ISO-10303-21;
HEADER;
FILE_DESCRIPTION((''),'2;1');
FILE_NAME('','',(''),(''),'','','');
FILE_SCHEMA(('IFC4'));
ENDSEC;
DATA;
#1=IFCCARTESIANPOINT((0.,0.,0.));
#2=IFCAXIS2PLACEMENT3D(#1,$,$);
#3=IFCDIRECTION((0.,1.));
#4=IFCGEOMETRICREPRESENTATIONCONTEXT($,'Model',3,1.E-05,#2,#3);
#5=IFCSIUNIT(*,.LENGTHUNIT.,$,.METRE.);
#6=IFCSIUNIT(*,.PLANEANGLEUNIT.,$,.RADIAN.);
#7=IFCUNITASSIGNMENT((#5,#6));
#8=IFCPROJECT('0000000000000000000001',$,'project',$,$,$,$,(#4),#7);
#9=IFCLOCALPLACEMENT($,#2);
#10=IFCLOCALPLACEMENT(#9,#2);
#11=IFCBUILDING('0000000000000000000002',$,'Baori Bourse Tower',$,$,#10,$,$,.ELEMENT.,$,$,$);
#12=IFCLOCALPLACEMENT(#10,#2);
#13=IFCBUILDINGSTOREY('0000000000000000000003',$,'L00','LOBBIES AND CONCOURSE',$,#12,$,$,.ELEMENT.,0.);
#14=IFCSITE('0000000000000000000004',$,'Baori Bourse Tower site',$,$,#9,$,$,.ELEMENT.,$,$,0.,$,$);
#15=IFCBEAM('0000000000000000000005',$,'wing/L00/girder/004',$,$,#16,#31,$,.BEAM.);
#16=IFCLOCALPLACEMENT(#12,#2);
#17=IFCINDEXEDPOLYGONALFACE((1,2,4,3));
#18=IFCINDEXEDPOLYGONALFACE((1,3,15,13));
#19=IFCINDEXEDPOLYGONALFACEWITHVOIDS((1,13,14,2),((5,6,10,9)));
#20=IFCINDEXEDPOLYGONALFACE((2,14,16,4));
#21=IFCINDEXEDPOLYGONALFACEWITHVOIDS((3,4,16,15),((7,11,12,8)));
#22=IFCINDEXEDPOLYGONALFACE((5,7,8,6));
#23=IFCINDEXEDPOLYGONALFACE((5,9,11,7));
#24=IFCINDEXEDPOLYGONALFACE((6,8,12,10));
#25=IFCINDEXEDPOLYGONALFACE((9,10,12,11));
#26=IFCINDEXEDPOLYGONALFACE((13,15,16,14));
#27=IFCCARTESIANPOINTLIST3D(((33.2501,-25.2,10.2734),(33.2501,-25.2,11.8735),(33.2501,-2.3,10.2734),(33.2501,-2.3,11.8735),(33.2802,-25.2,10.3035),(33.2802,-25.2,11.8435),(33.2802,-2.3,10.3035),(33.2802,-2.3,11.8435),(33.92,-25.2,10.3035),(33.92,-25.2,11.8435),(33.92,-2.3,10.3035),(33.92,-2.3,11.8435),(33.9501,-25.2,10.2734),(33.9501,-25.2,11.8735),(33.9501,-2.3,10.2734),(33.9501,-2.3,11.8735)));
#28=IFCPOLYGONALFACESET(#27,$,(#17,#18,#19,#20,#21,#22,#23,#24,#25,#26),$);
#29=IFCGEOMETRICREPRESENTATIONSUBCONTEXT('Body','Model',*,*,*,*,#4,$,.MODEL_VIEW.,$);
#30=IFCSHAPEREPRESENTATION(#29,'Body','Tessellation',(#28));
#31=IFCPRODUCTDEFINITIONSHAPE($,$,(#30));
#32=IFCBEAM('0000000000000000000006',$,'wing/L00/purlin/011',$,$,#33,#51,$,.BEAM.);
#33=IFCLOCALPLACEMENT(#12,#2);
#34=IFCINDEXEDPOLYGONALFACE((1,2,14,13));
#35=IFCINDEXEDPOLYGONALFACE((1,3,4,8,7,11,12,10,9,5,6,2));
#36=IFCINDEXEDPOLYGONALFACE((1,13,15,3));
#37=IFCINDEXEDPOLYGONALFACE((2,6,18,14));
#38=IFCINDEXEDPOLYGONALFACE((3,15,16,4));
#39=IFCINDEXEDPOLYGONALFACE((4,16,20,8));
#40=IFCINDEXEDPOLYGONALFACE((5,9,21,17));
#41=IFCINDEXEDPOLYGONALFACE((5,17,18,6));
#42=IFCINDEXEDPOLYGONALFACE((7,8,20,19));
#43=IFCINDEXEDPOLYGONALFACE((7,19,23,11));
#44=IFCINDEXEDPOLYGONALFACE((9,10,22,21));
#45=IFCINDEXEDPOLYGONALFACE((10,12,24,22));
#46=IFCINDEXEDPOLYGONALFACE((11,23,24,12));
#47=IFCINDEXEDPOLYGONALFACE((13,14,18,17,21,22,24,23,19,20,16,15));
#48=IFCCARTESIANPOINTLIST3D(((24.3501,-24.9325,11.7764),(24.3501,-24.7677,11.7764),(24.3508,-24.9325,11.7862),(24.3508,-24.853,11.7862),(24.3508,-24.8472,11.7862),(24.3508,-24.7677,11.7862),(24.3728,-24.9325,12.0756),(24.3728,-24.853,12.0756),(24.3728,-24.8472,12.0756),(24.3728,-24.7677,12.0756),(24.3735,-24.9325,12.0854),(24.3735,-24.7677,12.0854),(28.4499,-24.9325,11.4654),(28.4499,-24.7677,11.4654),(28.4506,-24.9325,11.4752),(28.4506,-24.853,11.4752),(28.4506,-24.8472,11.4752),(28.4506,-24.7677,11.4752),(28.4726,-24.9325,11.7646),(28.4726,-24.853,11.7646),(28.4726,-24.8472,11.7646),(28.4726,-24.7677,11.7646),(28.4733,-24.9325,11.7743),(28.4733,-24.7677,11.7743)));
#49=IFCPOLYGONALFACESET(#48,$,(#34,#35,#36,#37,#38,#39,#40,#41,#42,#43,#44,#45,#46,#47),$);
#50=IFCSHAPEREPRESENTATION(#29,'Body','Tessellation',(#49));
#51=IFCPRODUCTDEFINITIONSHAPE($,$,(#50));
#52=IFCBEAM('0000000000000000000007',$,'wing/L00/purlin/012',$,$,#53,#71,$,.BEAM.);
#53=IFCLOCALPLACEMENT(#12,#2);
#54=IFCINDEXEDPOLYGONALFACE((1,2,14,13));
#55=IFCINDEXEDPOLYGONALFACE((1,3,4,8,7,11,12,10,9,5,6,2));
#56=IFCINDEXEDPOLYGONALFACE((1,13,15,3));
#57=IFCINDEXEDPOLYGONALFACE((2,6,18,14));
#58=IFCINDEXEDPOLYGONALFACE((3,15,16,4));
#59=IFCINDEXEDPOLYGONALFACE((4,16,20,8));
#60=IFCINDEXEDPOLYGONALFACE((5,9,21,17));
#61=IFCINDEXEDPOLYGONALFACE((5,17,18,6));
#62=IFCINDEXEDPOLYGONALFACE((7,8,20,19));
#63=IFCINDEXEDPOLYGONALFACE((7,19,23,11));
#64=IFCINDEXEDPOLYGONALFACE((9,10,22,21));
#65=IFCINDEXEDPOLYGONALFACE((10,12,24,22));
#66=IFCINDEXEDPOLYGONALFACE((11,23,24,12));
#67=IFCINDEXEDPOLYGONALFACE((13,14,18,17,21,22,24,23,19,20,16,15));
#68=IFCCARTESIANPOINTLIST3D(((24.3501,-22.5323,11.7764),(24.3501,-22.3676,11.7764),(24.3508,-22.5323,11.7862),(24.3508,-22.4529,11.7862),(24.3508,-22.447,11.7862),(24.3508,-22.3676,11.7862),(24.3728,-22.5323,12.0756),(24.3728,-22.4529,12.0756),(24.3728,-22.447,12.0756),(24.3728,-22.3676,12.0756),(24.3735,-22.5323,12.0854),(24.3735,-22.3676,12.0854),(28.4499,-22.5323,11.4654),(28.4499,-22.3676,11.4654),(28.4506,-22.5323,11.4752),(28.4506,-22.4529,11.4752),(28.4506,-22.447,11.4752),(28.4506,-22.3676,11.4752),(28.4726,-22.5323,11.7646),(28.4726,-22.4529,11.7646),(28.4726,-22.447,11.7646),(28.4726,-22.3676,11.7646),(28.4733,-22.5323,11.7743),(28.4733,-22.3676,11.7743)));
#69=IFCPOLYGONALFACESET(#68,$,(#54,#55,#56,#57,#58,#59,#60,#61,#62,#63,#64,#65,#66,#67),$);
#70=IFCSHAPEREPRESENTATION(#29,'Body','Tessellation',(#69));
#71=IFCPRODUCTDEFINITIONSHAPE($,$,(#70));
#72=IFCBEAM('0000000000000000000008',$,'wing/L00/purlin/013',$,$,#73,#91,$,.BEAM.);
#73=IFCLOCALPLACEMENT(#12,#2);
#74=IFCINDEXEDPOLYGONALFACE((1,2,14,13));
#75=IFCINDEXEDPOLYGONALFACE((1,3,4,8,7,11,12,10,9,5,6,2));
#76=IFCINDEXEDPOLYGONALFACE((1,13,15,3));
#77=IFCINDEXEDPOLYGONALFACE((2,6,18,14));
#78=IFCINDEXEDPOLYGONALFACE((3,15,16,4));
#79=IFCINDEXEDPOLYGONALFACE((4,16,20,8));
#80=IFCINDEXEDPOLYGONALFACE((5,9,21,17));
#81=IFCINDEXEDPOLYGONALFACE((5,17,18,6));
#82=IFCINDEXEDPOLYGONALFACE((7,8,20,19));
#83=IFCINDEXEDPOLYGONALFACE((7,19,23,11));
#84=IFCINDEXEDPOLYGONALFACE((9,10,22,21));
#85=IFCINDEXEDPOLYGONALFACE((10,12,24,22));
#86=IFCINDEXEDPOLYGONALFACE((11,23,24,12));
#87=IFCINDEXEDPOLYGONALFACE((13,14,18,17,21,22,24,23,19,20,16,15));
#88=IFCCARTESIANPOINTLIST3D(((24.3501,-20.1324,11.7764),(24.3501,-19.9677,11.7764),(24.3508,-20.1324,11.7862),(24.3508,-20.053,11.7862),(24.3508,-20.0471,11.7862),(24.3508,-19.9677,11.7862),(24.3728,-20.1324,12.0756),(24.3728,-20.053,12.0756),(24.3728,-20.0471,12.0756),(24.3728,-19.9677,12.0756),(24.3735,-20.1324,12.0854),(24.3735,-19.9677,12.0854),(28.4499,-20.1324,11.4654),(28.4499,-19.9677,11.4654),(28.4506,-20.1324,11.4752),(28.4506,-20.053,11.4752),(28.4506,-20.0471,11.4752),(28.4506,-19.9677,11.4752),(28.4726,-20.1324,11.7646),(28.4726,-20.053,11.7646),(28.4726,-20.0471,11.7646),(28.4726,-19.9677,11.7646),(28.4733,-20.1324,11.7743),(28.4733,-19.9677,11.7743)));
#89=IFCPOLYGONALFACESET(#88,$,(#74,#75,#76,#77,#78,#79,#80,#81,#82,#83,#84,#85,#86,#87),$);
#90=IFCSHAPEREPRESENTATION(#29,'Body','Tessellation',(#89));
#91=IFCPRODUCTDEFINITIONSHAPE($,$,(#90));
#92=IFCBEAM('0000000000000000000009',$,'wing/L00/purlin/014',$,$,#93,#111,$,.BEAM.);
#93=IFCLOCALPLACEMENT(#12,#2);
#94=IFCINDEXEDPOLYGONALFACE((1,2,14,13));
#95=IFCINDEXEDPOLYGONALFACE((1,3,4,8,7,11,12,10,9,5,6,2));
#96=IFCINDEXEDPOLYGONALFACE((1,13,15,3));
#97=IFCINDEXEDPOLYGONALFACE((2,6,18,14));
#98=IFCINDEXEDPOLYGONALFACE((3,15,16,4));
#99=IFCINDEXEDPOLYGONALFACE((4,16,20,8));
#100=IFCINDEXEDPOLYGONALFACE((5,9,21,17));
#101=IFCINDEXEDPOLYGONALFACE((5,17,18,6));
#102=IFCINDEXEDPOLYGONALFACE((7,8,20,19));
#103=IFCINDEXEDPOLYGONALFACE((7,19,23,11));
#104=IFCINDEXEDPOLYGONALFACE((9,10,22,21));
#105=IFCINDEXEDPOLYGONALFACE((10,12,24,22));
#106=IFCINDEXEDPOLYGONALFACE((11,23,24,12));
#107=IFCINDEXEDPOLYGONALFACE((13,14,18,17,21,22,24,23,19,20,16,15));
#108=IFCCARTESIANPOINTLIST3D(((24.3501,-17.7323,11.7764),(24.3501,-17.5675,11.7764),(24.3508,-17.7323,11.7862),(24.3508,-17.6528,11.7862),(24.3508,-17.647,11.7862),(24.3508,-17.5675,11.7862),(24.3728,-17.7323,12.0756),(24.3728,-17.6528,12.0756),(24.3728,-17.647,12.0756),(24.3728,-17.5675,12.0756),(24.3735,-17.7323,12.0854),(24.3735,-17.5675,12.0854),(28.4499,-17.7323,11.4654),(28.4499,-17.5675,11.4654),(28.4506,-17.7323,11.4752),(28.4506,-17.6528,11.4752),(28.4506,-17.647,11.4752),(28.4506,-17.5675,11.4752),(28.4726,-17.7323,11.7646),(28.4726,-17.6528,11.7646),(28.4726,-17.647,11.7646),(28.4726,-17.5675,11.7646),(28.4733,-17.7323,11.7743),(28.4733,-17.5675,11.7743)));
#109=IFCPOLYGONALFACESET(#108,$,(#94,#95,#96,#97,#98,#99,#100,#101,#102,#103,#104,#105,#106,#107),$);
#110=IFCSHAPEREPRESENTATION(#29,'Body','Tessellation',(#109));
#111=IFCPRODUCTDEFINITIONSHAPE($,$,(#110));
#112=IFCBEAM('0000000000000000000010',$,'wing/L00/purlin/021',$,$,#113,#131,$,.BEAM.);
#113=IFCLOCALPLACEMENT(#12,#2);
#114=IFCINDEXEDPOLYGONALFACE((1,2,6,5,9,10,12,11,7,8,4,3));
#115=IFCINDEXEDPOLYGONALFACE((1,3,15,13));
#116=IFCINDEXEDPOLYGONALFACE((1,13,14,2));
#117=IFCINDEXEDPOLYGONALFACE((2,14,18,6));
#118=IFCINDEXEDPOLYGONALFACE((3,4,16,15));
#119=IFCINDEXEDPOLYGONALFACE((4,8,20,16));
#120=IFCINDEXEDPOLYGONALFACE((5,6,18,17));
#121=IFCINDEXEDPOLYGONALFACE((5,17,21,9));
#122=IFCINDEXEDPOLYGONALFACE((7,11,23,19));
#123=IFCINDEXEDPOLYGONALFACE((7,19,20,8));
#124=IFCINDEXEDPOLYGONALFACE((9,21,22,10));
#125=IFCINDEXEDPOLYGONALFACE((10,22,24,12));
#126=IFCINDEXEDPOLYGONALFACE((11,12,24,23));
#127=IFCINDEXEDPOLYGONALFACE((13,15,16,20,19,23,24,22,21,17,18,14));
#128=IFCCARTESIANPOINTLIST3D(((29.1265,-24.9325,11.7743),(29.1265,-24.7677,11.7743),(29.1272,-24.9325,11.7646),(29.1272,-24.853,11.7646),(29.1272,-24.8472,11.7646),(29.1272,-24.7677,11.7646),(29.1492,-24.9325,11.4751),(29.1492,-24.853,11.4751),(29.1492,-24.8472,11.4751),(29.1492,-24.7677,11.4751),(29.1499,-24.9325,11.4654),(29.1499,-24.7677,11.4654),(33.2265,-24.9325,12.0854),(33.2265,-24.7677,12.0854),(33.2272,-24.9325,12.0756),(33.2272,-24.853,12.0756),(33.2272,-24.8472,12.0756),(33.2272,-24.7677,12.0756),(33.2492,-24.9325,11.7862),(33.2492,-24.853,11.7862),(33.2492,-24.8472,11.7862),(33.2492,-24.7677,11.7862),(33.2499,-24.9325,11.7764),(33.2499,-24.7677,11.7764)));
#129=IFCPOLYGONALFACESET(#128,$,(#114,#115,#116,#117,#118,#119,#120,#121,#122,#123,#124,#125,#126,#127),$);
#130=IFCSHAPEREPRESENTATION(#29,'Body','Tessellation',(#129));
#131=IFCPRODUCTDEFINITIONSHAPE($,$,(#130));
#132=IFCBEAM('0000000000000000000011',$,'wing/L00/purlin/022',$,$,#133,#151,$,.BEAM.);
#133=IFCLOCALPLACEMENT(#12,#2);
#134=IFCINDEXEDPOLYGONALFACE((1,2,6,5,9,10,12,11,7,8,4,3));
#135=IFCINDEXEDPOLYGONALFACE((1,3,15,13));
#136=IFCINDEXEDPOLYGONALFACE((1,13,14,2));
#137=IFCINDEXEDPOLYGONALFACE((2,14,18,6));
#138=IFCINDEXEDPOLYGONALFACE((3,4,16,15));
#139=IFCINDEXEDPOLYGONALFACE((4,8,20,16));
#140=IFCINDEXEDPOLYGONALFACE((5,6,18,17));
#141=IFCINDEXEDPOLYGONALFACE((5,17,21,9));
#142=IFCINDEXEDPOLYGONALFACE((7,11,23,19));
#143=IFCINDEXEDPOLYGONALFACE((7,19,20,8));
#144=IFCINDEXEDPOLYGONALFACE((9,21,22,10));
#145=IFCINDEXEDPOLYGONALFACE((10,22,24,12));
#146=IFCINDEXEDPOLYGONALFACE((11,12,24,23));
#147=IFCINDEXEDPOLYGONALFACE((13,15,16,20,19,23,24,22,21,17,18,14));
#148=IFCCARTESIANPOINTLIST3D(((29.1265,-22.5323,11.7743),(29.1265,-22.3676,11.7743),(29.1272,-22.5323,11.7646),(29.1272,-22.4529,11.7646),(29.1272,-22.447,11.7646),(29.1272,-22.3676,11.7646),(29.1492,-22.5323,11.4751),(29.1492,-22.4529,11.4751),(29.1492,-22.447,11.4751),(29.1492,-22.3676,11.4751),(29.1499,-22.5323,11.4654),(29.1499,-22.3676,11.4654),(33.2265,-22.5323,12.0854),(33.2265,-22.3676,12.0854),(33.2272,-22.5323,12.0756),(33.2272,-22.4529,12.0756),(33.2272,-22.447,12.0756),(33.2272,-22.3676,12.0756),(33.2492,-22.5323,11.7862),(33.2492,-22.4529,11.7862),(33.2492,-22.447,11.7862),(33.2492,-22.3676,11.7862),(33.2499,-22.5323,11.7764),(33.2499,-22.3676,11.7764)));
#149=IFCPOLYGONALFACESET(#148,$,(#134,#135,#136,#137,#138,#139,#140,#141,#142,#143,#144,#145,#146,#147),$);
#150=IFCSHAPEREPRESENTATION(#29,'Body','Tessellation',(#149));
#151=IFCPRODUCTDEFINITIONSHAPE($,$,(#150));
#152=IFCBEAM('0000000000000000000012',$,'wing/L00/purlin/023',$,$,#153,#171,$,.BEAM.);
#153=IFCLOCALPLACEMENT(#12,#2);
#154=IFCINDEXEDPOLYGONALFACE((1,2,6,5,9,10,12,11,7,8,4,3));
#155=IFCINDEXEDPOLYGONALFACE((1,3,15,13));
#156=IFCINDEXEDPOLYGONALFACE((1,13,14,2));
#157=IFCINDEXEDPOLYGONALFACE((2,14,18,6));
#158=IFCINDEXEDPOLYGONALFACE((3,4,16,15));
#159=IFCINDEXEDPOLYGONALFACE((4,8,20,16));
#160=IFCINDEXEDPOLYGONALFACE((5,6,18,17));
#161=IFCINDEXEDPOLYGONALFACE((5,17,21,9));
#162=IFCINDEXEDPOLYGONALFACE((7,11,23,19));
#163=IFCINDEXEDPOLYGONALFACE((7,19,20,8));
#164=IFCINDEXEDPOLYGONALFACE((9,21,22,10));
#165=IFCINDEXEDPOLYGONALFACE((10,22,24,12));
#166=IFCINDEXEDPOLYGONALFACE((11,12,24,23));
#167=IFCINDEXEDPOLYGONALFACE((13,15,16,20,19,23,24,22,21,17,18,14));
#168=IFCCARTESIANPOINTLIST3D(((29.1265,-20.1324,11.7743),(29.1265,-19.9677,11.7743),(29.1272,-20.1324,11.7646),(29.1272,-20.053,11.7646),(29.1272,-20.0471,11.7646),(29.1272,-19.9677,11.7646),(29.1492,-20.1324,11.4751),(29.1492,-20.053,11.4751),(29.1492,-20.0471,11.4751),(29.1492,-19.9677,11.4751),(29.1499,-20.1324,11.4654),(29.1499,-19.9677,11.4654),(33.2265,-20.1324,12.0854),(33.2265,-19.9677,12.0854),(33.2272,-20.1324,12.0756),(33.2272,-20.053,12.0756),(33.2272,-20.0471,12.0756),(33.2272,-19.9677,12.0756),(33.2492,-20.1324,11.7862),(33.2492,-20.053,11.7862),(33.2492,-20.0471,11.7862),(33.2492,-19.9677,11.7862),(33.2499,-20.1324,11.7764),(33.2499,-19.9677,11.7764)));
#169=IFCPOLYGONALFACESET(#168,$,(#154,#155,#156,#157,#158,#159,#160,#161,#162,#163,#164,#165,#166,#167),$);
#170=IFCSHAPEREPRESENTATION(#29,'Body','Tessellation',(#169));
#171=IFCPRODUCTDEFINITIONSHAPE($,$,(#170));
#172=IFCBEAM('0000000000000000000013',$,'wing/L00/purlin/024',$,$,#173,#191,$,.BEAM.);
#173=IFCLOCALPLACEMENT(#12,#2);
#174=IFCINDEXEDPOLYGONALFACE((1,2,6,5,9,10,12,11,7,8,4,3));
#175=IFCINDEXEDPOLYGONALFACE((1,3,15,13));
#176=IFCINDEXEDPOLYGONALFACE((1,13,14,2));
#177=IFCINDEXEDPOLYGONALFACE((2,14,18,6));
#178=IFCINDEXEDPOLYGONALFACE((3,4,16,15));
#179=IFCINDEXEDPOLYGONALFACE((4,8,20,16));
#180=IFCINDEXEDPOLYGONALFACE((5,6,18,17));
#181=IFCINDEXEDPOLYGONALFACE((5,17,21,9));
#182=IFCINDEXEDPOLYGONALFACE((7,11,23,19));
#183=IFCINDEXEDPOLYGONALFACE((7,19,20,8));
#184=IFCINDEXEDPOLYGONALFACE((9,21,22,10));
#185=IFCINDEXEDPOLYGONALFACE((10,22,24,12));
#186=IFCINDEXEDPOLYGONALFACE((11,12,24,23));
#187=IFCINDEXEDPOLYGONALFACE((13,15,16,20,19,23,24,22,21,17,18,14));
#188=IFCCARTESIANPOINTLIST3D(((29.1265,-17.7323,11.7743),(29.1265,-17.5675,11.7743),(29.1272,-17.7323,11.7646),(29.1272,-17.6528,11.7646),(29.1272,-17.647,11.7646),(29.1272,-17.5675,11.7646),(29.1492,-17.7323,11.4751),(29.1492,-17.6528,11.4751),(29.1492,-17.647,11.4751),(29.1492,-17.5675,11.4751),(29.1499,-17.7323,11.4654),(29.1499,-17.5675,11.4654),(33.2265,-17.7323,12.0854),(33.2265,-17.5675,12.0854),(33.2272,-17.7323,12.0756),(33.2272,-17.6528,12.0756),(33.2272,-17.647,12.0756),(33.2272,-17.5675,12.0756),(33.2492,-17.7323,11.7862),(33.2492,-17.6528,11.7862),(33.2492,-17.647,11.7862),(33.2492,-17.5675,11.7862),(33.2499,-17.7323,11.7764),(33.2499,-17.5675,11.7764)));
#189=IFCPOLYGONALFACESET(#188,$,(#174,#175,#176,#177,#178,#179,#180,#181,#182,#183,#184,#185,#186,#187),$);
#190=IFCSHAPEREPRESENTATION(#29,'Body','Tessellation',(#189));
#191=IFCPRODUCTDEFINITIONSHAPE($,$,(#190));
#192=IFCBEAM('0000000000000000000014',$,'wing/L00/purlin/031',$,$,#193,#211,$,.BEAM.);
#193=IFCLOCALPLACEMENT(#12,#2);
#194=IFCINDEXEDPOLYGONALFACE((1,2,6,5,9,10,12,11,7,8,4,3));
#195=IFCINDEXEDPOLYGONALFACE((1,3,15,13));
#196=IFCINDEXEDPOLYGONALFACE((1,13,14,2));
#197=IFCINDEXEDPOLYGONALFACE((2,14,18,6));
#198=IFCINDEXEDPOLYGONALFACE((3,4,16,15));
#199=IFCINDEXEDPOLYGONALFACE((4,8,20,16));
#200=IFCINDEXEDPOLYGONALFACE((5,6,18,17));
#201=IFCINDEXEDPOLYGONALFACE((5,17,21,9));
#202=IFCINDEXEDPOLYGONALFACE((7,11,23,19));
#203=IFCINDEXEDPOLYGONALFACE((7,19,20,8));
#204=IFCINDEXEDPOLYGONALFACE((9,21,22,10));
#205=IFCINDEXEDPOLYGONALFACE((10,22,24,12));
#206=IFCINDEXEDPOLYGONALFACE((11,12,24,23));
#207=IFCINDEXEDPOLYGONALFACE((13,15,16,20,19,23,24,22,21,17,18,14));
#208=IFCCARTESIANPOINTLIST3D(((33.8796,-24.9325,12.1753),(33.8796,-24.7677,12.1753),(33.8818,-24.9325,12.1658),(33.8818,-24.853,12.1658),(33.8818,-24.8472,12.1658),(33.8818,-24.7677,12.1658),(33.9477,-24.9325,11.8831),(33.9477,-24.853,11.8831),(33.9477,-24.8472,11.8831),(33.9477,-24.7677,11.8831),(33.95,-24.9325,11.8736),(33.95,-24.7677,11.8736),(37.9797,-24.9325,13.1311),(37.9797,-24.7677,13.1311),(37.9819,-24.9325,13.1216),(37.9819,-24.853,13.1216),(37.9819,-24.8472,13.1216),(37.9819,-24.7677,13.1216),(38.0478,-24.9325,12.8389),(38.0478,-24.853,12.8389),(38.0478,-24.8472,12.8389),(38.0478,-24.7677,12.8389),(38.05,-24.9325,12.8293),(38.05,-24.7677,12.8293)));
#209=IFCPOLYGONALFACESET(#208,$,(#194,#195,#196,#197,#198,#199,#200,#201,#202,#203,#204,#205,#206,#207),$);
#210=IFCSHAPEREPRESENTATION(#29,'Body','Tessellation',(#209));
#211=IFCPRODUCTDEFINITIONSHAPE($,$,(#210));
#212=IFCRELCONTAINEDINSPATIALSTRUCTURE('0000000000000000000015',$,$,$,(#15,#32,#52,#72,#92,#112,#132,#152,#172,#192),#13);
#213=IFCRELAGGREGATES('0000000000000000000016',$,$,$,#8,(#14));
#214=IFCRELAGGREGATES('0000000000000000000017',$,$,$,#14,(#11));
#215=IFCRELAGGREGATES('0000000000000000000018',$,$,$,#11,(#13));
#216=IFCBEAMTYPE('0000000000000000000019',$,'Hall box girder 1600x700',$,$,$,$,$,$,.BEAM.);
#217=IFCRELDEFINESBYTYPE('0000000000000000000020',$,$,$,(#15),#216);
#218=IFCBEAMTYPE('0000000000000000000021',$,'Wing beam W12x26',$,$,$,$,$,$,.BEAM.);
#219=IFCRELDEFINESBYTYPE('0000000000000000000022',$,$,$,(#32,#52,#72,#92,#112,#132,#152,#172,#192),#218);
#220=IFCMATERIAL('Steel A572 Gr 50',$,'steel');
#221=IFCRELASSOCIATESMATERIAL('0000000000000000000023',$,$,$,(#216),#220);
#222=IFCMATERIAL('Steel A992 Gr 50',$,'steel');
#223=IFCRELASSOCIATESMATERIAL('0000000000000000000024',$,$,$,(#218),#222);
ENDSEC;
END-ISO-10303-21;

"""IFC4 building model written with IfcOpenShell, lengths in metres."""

from ifc_helpers import new_model, si_unit, direction, frame, origin, origin_2d, place, context, subcontext, project, spatial, hollow_rectangle, i_section, extrude, material, material_profile, profile_set, type_object, element, save


model = new_model("IFC4")

# Units and contexts
model_context = context("Model", 3, precision=1e-05, world=origin(), true_north=direction((0.0, 1.0)))
body_context = subcontext(model_context, "Body", "Model", "MODEL_VIEW")
ifc_project = project(units=[si_unit("LENGTHUNIT", "METRE"), si_unit("PLANEANGLEUNIT", "RADIAN")], contexts=[model_context])

# Site, building, storey
site_placement = place(None, origin())
site = spatial("IfcSite", under=ifc_project, at=site_placement, Name="Baori Bourse Tower site", CompositionType="ELEMENT", RefElevation=0.0)
building_placement = place(site_placement, origin())
building = spatial("IfcBuilding", under=site, at=building_placement, Name="Baori Bourse Tower", CompositionType="ELEMENT")
storey_placement = place(building_placement, origin())
storey = spatial("IfcBuildingStorey", under=building, at=storey_placement, Name="L00", Description="LOBBIES AND CONCOURSE", CompositionType="ELEMENT", Elevation=0.0)

# Beams
ifc_material_1 = material(Name="Steel A572 Gr 50", Category="steel")
ifc_material_profile_1 = material_profile(ifc_material_1, hollow_rectangle(XDim=0.7, YDim=1.6001, WallThickness=0.03, at=origin_2d()), Name="BOX 1600x700x30")
ifc_profile_set_1 = profile_set([ifc_material_profile_1], Name="Steel A572 Gr 50")
beam_type_1 = type_object("IfcBeamType", Name="Hall box girder 1600x700", PredefinedType="BEAM", material=ifc_profile_set_1)
beam_placement = place(storey_placement, frame((33.6001, -25.2, 11.0735), z_axis=(0.0, 1.0, 0.0), x_axis=(-1.0, 0.0, 0.0)))
element("IfcBeam", 1, at=beam_placement, inside=storey, type_object=beam_type_1, Name="wing/L00/girder/004", PredefinedType="BEAM", context=body_context, shape_type="SweptSolid", body=[
    extrude(hollow_rectangle(XDim=0.7, YDim=1.6001, WallThickness=0.03, at=origin_2d()), origin(), (0.0, 0.0, 1.0), 22.8999),
])
ifc_material_2 = material(Name="Steel A992 Gr 50", Category="steel")
ifc_material_profile_2 = material_profile(ifc_material_2, i_section(OverallWidth=0.1648, OverallDepth=0.3098, WebThickness=0.0059, FlangeThickness=0.0098, at=origin_2d()), Name="W12x26")
ifc_profile_set_2 = profile_set([ifc_material_profile_2], Name="Steel A992 Gr 50")
beam_type_2 = type_object("IfcBeamType", Name="Wing beam W12x26", PredefinedType="BEAM", material=ifc_profile_set_2)
for number, where, z_axis, x_axis, name in (
    (2, (24.3618, -24.8501, 11.9309), (0.997135, 0.0, -0.075648), (0.0, 1.0, 0.0), "wing/L00/purlin/011"),
    (3, (24.3618, -22.45, 11.9309), (0.997135, 0.0, -0.075648), (0.0, 1.0, 0.0), "wing/L00/purlin/012"),
    (4, (24.3618, -20.05, 11.9309), (0.997135, 0.0, -0.075648), (0.0, 1.0, 0.0), "wing/L00/purlin/013"),
    (5, (24.3618, -17.6499, 11.9309), (0.997135, 0.0, -0.075648), (0.0, 1.0, 0.0), "wing/L00/purlin/014"),
):
    element("IfcBeam", number, at=place(storey_placement, frame(where, z_axis=z_axis, x_axis=x_axis)), inside=storey, type_object=beam_type_2, Name=name, PredefinedType="BEAM", context=body_context, shape_type="SweptSolid", body=[
        extrude(i_section(OverallWidth=0.1648, OverallDepth=0.3098, WebThickness=0.0059, FlangeThickness=0.0098, at=origin_2d()), origin(), (0.0, 0.0, 1.0), 4.1116),
    ])
for number, where, z_axis, x_axis, name in (
    (6, (29.1382, -24.8501, 11.6199), (0.997135, 0.0, 0.075643), (0.0, 1.0, 0.0), "wing/L00/purlin/021"),
    (7, (29.1382, -22.45, 11.6199), (0.997135, 0.0, 0.075643), (0.0, 1.0, 0.0), "wing/L00/purlin/022"),
    (8, (29.1382, -20.05, 11.6199), (0.997135, 0.0, 0.075643), (0.0, 1.0, 0.0), "wing/L00/purlin/023"),
    (9, (29.1382, -17.6499, 11.6199), (0.997135, 0.0, 0.075643), (0.0, 1.0, 0.0), "wing/L00/purlin/024"),
):
    element("IfcBeam", number, at=place(storey_placement, frame(where, z_axis=z_axis, x_axis=x_axis)), inside=storey, type_object=beam_type_2, Name=name, PredefinedType="BEAM", context=body_context, shape_type="SweptSolid", body=[
        extrude(i_section(OverallWidth=0.1648, OverallDepth=0.3098, WebThickness=0.0059, FlangeThickness=0.0098, at=origin_2d()), origin(), (0.0, 0.0, 1.0), 4.1118),
    ])
for number, where, z_axis, x_axis, name in (
    (10, (33.9148, -24.8501, 12.0244), (0.973887, 0.0, 0.227032), (0.0, 1.0, 0.0), "wing/L00/purlin/031"),
):
    element("IfcBeam", number, at=place(storey_placement, frame(where, z_axis=z_axis, x_axis=x_axis)), inside=storey, type_object=beam_type_2, Name=name, PredefinedType="BEAM", context=body_context, shape_type="SweptSolid", body=[
        extrude(i_section(OverallWidth=0.1648, OverallDepth=0.3098, WebThickness=0.0059, FlangeThickness=0.0098, at=origin_2d()), origin(), (0.0, 0.0, 1.0), 4.21),
    ])

save(model, "model.ifc")
